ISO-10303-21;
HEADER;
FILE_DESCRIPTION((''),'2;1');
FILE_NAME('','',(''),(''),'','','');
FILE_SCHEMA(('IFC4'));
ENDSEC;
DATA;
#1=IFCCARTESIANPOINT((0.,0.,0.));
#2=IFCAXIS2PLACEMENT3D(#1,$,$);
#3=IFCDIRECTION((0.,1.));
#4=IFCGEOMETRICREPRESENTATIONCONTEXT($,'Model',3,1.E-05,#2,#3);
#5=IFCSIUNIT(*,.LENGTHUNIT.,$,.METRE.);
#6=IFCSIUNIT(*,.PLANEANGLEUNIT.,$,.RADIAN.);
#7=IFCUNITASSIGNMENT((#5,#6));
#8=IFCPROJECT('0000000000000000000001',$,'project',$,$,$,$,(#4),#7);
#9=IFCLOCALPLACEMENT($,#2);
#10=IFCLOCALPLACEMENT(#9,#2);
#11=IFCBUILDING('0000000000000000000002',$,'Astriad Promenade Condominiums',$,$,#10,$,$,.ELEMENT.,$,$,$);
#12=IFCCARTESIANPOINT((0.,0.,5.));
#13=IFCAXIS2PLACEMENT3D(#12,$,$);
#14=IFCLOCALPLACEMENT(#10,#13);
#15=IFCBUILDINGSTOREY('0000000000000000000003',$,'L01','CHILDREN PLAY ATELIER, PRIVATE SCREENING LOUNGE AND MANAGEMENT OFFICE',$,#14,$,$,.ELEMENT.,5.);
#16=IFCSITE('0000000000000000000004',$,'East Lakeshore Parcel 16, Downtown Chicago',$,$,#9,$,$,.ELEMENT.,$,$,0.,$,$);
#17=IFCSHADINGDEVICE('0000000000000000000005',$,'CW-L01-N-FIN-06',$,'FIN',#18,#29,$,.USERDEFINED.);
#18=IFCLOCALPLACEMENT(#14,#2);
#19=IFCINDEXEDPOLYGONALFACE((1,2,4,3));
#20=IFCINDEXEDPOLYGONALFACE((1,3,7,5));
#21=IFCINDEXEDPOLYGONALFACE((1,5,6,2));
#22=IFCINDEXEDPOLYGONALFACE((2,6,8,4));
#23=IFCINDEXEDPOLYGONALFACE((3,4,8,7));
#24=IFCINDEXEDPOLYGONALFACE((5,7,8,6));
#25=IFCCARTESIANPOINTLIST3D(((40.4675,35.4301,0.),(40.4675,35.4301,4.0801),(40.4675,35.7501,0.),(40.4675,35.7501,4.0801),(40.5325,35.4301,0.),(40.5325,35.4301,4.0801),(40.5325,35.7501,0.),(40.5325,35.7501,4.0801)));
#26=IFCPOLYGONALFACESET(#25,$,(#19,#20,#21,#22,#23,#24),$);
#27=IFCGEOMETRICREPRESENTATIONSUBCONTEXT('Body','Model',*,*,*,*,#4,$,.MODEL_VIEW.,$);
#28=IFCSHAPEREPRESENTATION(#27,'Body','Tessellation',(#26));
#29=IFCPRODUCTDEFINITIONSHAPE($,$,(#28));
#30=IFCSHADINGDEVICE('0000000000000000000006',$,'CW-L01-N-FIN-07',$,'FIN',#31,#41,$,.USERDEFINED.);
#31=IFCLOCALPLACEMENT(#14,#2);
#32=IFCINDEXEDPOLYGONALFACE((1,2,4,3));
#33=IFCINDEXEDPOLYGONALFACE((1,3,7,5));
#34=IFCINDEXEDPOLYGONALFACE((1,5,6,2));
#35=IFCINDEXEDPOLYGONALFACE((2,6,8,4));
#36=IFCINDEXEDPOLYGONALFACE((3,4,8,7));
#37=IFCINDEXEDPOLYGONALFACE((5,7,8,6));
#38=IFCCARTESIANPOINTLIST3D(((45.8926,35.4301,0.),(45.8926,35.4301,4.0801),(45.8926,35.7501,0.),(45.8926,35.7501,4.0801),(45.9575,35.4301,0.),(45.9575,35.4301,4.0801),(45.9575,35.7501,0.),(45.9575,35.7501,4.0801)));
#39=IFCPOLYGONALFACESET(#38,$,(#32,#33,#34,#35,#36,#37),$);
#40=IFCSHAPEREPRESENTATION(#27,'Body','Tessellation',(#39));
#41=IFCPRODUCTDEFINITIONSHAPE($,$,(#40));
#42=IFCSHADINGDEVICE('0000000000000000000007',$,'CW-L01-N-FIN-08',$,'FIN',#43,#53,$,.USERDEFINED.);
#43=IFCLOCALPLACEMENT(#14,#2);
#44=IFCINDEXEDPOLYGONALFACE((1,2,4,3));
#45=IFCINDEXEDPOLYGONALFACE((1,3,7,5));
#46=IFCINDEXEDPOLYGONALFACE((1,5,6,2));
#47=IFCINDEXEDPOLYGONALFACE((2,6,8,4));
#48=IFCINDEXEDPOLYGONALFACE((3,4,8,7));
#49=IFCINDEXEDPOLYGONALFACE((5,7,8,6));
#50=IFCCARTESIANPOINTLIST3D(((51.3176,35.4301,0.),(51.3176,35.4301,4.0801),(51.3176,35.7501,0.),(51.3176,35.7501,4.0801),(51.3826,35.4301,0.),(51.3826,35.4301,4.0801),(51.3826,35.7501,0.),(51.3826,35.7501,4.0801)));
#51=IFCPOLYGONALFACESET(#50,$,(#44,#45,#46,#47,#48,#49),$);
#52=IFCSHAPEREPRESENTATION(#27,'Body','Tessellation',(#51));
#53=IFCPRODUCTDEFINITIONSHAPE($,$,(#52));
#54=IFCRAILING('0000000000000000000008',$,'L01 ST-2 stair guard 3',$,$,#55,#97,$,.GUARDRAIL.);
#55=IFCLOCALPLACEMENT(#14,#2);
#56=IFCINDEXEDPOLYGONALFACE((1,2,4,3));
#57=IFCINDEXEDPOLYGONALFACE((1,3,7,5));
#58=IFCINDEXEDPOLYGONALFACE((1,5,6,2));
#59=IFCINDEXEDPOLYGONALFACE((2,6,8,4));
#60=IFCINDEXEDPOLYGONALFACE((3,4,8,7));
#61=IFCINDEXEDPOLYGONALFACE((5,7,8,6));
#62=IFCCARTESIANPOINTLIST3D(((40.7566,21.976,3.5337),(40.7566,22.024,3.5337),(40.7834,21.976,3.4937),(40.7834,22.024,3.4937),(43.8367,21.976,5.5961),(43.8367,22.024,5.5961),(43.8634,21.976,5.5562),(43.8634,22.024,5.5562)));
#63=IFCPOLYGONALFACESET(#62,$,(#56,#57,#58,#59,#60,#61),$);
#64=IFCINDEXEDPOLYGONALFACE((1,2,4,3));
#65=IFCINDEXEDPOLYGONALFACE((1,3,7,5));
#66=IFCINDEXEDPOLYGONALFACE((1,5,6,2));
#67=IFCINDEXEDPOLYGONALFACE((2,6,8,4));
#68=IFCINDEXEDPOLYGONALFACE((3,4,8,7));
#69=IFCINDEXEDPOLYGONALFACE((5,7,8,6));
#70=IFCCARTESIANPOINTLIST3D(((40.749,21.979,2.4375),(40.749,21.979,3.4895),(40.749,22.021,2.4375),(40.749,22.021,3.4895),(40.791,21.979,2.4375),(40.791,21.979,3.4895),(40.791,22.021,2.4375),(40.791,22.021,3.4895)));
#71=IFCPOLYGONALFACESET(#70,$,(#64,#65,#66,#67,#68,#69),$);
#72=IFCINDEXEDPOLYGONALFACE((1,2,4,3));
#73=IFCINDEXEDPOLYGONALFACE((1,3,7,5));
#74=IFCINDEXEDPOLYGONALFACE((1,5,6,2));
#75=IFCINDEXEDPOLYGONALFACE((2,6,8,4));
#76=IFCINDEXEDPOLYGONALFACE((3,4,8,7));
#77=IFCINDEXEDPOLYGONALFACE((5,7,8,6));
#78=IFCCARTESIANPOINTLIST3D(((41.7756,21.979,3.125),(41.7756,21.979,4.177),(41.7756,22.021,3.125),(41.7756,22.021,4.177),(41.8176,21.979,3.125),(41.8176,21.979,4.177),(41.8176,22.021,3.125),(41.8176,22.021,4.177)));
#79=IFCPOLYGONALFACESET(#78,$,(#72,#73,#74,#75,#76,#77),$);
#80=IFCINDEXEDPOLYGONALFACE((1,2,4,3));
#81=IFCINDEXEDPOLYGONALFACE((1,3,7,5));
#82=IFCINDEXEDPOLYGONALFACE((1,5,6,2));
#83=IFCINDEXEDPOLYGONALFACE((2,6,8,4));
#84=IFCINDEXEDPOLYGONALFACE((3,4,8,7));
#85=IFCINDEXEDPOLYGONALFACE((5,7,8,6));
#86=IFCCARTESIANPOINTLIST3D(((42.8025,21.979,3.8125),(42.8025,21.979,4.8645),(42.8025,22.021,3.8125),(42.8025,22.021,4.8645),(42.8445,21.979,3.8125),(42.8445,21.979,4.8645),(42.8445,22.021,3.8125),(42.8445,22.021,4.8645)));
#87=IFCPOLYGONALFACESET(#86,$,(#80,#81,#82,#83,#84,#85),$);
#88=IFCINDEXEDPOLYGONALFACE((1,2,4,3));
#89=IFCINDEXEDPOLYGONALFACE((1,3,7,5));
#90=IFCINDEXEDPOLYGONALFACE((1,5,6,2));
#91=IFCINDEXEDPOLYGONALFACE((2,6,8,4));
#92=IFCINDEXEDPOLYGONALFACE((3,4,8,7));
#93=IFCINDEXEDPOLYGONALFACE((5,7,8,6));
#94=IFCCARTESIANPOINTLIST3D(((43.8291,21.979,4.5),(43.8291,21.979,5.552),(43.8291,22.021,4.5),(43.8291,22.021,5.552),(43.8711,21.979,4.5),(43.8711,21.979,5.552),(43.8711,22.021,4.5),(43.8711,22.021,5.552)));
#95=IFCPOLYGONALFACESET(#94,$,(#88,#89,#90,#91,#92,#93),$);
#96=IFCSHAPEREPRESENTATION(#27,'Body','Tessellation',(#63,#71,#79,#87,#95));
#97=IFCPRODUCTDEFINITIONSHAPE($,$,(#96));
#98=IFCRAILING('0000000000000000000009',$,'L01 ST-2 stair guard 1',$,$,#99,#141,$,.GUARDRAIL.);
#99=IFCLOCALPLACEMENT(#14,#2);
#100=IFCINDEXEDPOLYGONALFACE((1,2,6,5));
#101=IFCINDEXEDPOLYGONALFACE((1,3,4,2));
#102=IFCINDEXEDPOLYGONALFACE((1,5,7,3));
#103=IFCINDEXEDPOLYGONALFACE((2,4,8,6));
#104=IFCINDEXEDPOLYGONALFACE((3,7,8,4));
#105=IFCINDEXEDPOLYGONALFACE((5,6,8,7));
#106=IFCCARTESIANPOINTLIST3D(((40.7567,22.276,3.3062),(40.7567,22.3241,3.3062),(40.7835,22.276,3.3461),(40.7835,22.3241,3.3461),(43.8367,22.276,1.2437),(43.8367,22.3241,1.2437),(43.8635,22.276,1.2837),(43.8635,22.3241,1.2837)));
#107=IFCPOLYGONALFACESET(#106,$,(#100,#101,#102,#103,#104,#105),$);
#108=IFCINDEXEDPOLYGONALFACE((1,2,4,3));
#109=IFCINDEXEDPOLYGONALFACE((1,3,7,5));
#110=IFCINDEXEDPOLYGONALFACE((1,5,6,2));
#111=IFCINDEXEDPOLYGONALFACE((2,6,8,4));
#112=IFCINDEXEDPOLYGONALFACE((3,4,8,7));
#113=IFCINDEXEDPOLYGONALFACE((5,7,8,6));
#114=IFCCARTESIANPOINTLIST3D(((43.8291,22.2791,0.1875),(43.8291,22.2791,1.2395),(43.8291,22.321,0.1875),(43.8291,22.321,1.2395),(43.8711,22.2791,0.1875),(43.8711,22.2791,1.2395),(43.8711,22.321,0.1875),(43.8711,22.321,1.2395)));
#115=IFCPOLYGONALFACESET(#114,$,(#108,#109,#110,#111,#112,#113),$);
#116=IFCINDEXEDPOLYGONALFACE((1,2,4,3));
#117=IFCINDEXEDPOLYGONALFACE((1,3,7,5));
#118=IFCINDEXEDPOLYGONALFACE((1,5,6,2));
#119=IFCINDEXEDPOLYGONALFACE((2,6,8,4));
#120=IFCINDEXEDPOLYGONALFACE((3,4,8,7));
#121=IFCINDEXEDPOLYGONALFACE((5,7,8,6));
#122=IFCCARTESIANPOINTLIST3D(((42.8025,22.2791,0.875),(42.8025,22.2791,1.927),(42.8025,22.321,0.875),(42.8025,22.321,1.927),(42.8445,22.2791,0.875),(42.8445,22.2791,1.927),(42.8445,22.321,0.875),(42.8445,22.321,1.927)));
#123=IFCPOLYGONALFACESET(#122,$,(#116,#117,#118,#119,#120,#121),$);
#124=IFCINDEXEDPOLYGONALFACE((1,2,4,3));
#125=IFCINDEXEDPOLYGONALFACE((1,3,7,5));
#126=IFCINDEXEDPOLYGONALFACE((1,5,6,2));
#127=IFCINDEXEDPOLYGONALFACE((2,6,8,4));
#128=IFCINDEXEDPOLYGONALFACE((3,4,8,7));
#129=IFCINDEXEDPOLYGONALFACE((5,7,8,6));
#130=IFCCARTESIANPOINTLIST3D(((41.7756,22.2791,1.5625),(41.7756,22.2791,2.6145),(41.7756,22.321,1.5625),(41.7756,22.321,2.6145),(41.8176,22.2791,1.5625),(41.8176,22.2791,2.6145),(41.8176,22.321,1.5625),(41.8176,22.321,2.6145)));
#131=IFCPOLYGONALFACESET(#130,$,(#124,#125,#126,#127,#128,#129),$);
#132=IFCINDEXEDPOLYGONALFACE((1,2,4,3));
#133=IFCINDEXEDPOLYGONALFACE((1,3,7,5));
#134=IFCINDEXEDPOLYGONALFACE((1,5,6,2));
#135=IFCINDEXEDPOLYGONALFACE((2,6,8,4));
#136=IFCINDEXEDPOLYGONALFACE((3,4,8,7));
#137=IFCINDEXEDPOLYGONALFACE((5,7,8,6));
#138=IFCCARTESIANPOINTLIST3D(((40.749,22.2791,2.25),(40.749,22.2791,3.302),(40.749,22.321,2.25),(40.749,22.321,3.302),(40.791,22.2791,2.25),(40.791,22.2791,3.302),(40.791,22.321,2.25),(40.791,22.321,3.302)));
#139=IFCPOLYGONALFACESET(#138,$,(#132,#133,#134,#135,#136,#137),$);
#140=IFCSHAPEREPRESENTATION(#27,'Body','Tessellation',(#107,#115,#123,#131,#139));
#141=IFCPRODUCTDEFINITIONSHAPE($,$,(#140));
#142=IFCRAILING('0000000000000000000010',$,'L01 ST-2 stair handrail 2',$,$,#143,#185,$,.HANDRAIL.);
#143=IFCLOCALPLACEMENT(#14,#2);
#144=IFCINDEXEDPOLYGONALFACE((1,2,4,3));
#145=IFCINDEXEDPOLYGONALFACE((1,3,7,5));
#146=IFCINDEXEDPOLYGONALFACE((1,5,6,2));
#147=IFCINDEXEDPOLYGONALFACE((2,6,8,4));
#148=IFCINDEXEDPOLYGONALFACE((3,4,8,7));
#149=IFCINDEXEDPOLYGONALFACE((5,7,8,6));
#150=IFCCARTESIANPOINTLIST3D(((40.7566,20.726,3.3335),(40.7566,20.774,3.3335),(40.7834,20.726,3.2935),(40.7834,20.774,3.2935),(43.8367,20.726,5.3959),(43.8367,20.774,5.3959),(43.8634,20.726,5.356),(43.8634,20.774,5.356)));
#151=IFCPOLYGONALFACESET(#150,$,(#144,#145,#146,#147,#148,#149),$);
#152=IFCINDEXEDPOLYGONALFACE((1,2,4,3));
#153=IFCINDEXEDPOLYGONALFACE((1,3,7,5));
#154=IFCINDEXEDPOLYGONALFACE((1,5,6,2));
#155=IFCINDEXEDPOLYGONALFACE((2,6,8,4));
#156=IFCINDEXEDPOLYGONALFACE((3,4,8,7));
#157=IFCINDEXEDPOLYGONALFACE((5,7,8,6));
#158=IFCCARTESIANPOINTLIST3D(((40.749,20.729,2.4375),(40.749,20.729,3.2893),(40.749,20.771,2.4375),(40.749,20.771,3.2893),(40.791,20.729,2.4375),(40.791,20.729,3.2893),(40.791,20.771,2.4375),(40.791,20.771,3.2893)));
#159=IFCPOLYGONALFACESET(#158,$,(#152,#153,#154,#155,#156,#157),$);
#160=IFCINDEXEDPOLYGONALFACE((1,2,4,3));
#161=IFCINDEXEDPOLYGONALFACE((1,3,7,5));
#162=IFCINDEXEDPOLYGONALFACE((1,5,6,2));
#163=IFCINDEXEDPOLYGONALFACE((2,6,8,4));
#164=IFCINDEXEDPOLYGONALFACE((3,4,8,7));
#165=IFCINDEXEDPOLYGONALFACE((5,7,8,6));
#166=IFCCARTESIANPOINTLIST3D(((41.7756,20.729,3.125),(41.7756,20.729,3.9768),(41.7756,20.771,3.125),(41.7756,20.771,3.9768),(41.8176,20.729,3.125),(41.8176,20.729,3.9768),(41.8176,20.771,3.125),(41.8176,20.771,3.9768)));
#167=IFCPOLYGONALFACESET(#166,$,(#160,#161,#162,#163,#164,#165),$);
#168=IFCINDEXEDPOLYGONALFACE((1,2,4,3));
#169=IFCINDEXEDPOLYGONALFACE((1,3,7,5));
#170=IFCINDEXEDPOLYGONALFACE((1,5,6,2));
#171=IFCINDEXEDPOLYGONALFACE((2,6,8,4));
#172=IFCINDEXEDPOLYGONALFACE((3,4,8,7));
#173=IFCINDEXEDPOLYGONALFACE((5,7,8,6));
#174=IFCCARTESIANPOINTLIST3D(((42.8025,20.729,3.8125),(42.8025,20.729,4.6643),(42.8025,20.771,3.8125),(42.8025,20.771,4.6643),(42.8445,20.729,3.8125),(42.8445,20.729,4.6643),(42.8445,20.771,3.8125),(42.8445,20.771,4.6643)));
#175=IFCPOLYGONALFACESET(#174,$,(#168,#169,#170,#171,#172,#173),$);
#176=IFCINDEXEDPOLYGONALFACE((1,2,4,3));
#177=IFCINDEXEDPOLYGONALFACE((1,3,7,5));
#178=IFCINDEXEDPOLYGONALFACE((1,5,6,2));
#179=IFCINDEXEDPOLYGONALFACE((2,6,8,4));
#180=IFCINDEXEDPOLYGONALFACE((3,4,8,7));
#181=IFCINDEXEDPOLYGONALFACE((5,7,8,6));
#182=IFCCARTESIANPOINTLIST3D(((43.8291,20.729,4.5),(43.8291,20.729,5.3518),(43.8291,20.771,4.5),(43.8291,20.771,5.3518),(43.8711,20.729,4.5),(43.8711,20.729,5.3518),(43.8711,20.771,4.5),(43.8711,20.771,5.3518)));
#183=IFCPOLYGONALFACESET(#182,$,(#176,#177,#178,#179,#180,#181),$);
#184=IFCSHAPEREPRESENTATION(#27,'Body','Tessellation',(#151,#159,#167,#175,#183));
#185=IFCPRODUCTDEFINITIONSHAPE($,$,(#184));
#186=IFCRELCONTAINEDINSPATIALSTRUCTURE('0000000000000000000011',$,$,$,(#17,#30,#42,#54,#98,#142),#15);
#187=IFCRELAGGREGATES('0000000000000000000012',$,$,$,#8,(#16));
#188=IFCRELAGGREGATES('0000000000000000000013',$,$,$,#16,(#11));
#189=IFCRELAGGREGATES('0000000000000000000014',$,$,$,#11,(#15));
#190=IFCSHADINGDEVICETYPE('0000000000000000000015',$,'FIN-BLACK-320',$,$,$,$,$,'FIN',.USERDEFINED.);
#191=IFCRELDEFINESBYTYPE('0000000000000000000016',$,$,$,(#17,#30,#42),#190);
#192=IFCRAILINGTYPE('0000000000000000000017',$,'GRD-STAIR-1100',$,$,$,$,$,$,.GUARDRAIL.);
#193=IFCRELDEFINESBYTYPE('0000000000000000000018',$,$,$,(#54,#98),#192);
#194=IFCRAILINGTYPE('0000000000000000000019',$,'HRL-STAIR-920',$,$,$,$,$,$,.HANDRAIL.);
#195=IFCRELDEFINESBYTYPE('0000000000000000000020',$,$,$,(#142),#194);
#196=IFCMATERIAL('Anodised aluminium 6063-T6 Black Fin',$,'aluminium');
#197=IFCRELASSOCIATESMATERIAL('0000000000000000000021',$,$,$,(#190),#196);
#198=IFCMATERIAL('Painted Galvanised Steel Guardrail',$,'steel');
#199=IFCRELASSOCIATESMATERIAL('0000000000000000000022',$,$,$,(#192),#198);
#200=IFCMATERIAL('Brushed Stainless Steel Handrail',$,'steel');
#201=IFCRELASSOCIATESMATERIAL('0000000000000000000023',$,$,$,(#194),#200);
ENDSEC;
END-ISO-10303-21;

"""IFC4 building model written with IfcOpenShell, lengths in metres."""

from ifc_helpers import new_model, si_unit, direction, frame, origin, origin_2d, place, context, subcontext, project, spatial, rectangle, extrude, source, transform, mapped, material, type_object, type_shapes, element, save


model = new_model("IFC4")

# Units and contexts
model_context = context("Model", 3, precision=1e-05, world=origin(), true_north=direction((0.0, 1.0)))
body_context = subcontext(model_context, "Body", "Model", "MODEL_VIEW")
ifc_project = project(units=[si_unit("LENGTHUNIT", "METRE"), si_unit("PLANEANGLEUNIT", "RADIAN")], contexts=[model_context])

# Site, building, storey
site_placement = place(None, origin())
site = spatial("IfcSite", under=ifc_project, at=site_placement, Name="East Lakeshore Parcel 16, Downtown Chicago", CompositionType="ELEMENT", RefElevation=0.0)
building_placement = place(site_placement, origin())
building = spatial("IfcBuilding", under=site, at=building_placement, Name="Astriad Promenade Condominiums", CompositionType="ELEMENT")
storey_placement = place(building_placement, frame((0.0, 0.0, 5.0)))
storey = spatial("IfcBuildingStorey", under=building, at=storey_placement, Name="L01", Description="CHILDREN PLAY ATELIER, PRIVATE SCREENING LOUNGE AND MANAGEMENT OFFICE", CompositionType="ELEMENT", Elevation=5.0)

# Shading devices
ifc_material_1 = material(Name="Anodised aluminium 6063-T6 Black Fin", Category="aluminium")
shading_device_type = type_object("IfcShadingDeviceType", Name="FIN-BLACK-320", ElementType="FIN", PredefinedType="USERDEFINED", material=ifc_material_1)
shared_shape_1 = source(origin(), body_context, "Body", "SweptSolid", [
    extrude(rectangle(XDim=0.0649, YDim=0.3201, at=origin_2d()), origin(), (0.0, 0.0, 1.0), 4.0801),
])
type_shapes(shading_device_type, [shared_shape_1])
for number, where, z_axis, x_axis, name in (
    (1, (40.5, 35.5901, 0.0), (0.0, 0.0, 1.0), (1.0, 0.0, 0.0), "CW-L01-N-FIN-06"),
    (2, (45.925, 35.5901, 0.0), (0.0, 0.0, 1.0), (1.0, 0.0, 0.0), "CW-L01-N-FIN-07"),
    (3, (51.3501, 35.5901, 0.0), (0.0, 0.0, 1.0), (1.0, 0.0, 0.0), "CW-L01-N-FIN-08"),
):
    element("IfcShadingDevice", number, at=place(storey_placement, frame(where, z_axis=z_axis, x_axis=x_axis)), inside=storey, type_object=shading_device_type, Name=name, ObjectType="FIN", PredefinedType="USERDEFINED", context=body_context, shape_type="MappedRepresentation", body=[
        mapped(shared_shape_1, transform((0.0, 0.0, 0.0), scale=1.0)),
    ])

# Railings
ifc_material_2 = material(Name="Painted Galvanised Steel Guardrail", Category="steel")
railing_type_1 = type_object("IfcRailingType", Name="GRD-STAIR-1100", PredefinedType="GUARDRAIL", material=ifc_material_2)
shared_shape_2 = source(origin(), body_context, "Body", "SweptSolid", [
    extrude(rectangle(XDim=0.0481, YDim=0.0481, at=origin_2d()), frame((0.0, 0.0, 1.0762), z_axis=(0.830914, 0.0, 0.556401), x_axis=(0.0, 1.0, 0.0)), (0.0, 0.0, 1.0), 3.7068),
    extrude(rectangle(XDim=0.042, YDim=0.042, at=origin_2d()), origin(), (0.0, 0.0, 1.0), 1.052),
    extrude(rectangle(XDim=0.042, YDim=0.042, at=origin_2d()), frame((1.0266, 0.0, 0.6875)), (0.0, 0.0, 1.0), 1.052),
    extrude(rectangle(XDim=0.042, YDim=0.042, at=origin_2d()), frame((2.0535, 0.0, 1.375)), (0.0, 0.0, 1.0), 1.052),
    extrude(rectangle(XDim=0.042, YDim=0.042, at=origin_2d()), frame((3.0801, 0.0, 2.0625)), (0.0, 0.0, 1.0), 1.052),
])
railing_1_placement = place(storey_placement, frame((40.77, 22.0, 2.4375)))
element("IfcRailing", 4, at=railing_1_placement, inside=storey, type_object=railing_type_1, Name="L01 ST-2 stair guard 3", PredefinedType="GUARDRAIL", context=body_context, shape_type="MappedRepresentation", body=[
    mapped(shared_shape_2, transform((0.0, 0.0, 0.0), scale=1.0)),
])
shared_shape_3 = source(origin(), body_context, "Body", "SweptSolid", [
    extrude(rectangle(XDim=0.0481, YDim=0.0481, at=origin_2d()), frame((0.0, 0.0, 1.0762), z_axis=(-0.830914, 0.0, 0.556401), x_axis=(0.0, -1.0, 0.0)), (0.0, 0.0, 1.0), 3.7068),
    extrude(rectangle(XDim=0.042, YDim=0.042, at=origin_2d()), origin(), (0.0, 0.0, 1.0), 1.052),
    extrude(rectangle(XDim=0.042, YDim=0.042, at=origin_2d()), frame((-1.0266, 0.0, 0.6875)), (0.0, 0.0, 1.0), 1.052),
    extrude(rectangle(XDim=0.042, YDim=0.042, at=origin_2d()), frame((-2.0535, 0.0, 1.375)), (0.0, 0.0, 1.0), 1.052),
    extrude(rectangle(XDim=0.042, YDim=0.042, at=origin_2d()), frame((-3.0801, 0.0, 2.0625)), (0.0, 0.0, 1.0), 1.052),
])
railing_2_placement = place(storey_placement, frame((43.8501, 22.3, 0.1875)))
element("IfcRailing", 5, at=railing_2_placement, inside=storey, type_object=railing_type_1, Name="L01 ST-2 stair guard 1", PredefinedType="GUARDRAIL", context=body_context, shape_type="MappedRepresentation", body=[
    mapped(shared_shape_3, transform((0.0, 0.0, 0.0), scale=1.0)),
])
ifc_material_3 = material(Name="Brushed Stainless Steel Handrail", Category="steel")
railing_type_2 = type_object("IfcRailingType", Name="HRL-STAIR-920", PredefinedType="HANDRAIL", material=ifc_material_3)
shared_shape_4 = source(origin(), body_context, "Body", "SweptSolid", [
    extrude(rectangle(XDim=0.0481, YDim=0.0481, at=origin_2d()), frame((0.0, 0.0, 0.876), z_axis=(0.830914, 0.0, 0.556401), x_axis=(0.0, 1.0, 0.0)), (0.0, 0.0, 1.0), 3.7068),
    extrude(rectangle(XDim=0.042, YDim=0.042, at=origin_2d()), origin(), (0.0, 0.0, 1.0), 0.8518),
    extrude(rectangle(XDim=0.042, YDim=0.042, at=origin_2d()), frame((1.0266, 0.0, 0.6875)), (0.0, 0.0, 1.0), 0.8518),
    extrude(rectangle(XDim=0.042, YDim=0.042, at=origin_2d()), frame((2.0535, 0.0, 1.375)), (0.0, 0.0, 1.0), 0.8518),
    extrude(rectangle(XDim=0.042, YDim=0.042, at=origin_2d()), frame((3.0801, 0.0, 2.0625)), (0.0, 0.0, 1.0), 0.8518),
])
railing_3_placement = place(storey_placement, frame((40.77, 20.75, 2.4375)))
element("IfcRailing", 6, at=railing_3_placement, inside=storey, type_object=railing_type_2, Name="L01 ST-2 stair handrail 2", PredefinedType="HANDRAIL", context=body_context, shape_type="MappedRepresentation", body=[
    mapped(shared_shape_4, transform((0.0, 0.0, 0.0), scale=1.0)),
])

save(model, "model.ifc")
